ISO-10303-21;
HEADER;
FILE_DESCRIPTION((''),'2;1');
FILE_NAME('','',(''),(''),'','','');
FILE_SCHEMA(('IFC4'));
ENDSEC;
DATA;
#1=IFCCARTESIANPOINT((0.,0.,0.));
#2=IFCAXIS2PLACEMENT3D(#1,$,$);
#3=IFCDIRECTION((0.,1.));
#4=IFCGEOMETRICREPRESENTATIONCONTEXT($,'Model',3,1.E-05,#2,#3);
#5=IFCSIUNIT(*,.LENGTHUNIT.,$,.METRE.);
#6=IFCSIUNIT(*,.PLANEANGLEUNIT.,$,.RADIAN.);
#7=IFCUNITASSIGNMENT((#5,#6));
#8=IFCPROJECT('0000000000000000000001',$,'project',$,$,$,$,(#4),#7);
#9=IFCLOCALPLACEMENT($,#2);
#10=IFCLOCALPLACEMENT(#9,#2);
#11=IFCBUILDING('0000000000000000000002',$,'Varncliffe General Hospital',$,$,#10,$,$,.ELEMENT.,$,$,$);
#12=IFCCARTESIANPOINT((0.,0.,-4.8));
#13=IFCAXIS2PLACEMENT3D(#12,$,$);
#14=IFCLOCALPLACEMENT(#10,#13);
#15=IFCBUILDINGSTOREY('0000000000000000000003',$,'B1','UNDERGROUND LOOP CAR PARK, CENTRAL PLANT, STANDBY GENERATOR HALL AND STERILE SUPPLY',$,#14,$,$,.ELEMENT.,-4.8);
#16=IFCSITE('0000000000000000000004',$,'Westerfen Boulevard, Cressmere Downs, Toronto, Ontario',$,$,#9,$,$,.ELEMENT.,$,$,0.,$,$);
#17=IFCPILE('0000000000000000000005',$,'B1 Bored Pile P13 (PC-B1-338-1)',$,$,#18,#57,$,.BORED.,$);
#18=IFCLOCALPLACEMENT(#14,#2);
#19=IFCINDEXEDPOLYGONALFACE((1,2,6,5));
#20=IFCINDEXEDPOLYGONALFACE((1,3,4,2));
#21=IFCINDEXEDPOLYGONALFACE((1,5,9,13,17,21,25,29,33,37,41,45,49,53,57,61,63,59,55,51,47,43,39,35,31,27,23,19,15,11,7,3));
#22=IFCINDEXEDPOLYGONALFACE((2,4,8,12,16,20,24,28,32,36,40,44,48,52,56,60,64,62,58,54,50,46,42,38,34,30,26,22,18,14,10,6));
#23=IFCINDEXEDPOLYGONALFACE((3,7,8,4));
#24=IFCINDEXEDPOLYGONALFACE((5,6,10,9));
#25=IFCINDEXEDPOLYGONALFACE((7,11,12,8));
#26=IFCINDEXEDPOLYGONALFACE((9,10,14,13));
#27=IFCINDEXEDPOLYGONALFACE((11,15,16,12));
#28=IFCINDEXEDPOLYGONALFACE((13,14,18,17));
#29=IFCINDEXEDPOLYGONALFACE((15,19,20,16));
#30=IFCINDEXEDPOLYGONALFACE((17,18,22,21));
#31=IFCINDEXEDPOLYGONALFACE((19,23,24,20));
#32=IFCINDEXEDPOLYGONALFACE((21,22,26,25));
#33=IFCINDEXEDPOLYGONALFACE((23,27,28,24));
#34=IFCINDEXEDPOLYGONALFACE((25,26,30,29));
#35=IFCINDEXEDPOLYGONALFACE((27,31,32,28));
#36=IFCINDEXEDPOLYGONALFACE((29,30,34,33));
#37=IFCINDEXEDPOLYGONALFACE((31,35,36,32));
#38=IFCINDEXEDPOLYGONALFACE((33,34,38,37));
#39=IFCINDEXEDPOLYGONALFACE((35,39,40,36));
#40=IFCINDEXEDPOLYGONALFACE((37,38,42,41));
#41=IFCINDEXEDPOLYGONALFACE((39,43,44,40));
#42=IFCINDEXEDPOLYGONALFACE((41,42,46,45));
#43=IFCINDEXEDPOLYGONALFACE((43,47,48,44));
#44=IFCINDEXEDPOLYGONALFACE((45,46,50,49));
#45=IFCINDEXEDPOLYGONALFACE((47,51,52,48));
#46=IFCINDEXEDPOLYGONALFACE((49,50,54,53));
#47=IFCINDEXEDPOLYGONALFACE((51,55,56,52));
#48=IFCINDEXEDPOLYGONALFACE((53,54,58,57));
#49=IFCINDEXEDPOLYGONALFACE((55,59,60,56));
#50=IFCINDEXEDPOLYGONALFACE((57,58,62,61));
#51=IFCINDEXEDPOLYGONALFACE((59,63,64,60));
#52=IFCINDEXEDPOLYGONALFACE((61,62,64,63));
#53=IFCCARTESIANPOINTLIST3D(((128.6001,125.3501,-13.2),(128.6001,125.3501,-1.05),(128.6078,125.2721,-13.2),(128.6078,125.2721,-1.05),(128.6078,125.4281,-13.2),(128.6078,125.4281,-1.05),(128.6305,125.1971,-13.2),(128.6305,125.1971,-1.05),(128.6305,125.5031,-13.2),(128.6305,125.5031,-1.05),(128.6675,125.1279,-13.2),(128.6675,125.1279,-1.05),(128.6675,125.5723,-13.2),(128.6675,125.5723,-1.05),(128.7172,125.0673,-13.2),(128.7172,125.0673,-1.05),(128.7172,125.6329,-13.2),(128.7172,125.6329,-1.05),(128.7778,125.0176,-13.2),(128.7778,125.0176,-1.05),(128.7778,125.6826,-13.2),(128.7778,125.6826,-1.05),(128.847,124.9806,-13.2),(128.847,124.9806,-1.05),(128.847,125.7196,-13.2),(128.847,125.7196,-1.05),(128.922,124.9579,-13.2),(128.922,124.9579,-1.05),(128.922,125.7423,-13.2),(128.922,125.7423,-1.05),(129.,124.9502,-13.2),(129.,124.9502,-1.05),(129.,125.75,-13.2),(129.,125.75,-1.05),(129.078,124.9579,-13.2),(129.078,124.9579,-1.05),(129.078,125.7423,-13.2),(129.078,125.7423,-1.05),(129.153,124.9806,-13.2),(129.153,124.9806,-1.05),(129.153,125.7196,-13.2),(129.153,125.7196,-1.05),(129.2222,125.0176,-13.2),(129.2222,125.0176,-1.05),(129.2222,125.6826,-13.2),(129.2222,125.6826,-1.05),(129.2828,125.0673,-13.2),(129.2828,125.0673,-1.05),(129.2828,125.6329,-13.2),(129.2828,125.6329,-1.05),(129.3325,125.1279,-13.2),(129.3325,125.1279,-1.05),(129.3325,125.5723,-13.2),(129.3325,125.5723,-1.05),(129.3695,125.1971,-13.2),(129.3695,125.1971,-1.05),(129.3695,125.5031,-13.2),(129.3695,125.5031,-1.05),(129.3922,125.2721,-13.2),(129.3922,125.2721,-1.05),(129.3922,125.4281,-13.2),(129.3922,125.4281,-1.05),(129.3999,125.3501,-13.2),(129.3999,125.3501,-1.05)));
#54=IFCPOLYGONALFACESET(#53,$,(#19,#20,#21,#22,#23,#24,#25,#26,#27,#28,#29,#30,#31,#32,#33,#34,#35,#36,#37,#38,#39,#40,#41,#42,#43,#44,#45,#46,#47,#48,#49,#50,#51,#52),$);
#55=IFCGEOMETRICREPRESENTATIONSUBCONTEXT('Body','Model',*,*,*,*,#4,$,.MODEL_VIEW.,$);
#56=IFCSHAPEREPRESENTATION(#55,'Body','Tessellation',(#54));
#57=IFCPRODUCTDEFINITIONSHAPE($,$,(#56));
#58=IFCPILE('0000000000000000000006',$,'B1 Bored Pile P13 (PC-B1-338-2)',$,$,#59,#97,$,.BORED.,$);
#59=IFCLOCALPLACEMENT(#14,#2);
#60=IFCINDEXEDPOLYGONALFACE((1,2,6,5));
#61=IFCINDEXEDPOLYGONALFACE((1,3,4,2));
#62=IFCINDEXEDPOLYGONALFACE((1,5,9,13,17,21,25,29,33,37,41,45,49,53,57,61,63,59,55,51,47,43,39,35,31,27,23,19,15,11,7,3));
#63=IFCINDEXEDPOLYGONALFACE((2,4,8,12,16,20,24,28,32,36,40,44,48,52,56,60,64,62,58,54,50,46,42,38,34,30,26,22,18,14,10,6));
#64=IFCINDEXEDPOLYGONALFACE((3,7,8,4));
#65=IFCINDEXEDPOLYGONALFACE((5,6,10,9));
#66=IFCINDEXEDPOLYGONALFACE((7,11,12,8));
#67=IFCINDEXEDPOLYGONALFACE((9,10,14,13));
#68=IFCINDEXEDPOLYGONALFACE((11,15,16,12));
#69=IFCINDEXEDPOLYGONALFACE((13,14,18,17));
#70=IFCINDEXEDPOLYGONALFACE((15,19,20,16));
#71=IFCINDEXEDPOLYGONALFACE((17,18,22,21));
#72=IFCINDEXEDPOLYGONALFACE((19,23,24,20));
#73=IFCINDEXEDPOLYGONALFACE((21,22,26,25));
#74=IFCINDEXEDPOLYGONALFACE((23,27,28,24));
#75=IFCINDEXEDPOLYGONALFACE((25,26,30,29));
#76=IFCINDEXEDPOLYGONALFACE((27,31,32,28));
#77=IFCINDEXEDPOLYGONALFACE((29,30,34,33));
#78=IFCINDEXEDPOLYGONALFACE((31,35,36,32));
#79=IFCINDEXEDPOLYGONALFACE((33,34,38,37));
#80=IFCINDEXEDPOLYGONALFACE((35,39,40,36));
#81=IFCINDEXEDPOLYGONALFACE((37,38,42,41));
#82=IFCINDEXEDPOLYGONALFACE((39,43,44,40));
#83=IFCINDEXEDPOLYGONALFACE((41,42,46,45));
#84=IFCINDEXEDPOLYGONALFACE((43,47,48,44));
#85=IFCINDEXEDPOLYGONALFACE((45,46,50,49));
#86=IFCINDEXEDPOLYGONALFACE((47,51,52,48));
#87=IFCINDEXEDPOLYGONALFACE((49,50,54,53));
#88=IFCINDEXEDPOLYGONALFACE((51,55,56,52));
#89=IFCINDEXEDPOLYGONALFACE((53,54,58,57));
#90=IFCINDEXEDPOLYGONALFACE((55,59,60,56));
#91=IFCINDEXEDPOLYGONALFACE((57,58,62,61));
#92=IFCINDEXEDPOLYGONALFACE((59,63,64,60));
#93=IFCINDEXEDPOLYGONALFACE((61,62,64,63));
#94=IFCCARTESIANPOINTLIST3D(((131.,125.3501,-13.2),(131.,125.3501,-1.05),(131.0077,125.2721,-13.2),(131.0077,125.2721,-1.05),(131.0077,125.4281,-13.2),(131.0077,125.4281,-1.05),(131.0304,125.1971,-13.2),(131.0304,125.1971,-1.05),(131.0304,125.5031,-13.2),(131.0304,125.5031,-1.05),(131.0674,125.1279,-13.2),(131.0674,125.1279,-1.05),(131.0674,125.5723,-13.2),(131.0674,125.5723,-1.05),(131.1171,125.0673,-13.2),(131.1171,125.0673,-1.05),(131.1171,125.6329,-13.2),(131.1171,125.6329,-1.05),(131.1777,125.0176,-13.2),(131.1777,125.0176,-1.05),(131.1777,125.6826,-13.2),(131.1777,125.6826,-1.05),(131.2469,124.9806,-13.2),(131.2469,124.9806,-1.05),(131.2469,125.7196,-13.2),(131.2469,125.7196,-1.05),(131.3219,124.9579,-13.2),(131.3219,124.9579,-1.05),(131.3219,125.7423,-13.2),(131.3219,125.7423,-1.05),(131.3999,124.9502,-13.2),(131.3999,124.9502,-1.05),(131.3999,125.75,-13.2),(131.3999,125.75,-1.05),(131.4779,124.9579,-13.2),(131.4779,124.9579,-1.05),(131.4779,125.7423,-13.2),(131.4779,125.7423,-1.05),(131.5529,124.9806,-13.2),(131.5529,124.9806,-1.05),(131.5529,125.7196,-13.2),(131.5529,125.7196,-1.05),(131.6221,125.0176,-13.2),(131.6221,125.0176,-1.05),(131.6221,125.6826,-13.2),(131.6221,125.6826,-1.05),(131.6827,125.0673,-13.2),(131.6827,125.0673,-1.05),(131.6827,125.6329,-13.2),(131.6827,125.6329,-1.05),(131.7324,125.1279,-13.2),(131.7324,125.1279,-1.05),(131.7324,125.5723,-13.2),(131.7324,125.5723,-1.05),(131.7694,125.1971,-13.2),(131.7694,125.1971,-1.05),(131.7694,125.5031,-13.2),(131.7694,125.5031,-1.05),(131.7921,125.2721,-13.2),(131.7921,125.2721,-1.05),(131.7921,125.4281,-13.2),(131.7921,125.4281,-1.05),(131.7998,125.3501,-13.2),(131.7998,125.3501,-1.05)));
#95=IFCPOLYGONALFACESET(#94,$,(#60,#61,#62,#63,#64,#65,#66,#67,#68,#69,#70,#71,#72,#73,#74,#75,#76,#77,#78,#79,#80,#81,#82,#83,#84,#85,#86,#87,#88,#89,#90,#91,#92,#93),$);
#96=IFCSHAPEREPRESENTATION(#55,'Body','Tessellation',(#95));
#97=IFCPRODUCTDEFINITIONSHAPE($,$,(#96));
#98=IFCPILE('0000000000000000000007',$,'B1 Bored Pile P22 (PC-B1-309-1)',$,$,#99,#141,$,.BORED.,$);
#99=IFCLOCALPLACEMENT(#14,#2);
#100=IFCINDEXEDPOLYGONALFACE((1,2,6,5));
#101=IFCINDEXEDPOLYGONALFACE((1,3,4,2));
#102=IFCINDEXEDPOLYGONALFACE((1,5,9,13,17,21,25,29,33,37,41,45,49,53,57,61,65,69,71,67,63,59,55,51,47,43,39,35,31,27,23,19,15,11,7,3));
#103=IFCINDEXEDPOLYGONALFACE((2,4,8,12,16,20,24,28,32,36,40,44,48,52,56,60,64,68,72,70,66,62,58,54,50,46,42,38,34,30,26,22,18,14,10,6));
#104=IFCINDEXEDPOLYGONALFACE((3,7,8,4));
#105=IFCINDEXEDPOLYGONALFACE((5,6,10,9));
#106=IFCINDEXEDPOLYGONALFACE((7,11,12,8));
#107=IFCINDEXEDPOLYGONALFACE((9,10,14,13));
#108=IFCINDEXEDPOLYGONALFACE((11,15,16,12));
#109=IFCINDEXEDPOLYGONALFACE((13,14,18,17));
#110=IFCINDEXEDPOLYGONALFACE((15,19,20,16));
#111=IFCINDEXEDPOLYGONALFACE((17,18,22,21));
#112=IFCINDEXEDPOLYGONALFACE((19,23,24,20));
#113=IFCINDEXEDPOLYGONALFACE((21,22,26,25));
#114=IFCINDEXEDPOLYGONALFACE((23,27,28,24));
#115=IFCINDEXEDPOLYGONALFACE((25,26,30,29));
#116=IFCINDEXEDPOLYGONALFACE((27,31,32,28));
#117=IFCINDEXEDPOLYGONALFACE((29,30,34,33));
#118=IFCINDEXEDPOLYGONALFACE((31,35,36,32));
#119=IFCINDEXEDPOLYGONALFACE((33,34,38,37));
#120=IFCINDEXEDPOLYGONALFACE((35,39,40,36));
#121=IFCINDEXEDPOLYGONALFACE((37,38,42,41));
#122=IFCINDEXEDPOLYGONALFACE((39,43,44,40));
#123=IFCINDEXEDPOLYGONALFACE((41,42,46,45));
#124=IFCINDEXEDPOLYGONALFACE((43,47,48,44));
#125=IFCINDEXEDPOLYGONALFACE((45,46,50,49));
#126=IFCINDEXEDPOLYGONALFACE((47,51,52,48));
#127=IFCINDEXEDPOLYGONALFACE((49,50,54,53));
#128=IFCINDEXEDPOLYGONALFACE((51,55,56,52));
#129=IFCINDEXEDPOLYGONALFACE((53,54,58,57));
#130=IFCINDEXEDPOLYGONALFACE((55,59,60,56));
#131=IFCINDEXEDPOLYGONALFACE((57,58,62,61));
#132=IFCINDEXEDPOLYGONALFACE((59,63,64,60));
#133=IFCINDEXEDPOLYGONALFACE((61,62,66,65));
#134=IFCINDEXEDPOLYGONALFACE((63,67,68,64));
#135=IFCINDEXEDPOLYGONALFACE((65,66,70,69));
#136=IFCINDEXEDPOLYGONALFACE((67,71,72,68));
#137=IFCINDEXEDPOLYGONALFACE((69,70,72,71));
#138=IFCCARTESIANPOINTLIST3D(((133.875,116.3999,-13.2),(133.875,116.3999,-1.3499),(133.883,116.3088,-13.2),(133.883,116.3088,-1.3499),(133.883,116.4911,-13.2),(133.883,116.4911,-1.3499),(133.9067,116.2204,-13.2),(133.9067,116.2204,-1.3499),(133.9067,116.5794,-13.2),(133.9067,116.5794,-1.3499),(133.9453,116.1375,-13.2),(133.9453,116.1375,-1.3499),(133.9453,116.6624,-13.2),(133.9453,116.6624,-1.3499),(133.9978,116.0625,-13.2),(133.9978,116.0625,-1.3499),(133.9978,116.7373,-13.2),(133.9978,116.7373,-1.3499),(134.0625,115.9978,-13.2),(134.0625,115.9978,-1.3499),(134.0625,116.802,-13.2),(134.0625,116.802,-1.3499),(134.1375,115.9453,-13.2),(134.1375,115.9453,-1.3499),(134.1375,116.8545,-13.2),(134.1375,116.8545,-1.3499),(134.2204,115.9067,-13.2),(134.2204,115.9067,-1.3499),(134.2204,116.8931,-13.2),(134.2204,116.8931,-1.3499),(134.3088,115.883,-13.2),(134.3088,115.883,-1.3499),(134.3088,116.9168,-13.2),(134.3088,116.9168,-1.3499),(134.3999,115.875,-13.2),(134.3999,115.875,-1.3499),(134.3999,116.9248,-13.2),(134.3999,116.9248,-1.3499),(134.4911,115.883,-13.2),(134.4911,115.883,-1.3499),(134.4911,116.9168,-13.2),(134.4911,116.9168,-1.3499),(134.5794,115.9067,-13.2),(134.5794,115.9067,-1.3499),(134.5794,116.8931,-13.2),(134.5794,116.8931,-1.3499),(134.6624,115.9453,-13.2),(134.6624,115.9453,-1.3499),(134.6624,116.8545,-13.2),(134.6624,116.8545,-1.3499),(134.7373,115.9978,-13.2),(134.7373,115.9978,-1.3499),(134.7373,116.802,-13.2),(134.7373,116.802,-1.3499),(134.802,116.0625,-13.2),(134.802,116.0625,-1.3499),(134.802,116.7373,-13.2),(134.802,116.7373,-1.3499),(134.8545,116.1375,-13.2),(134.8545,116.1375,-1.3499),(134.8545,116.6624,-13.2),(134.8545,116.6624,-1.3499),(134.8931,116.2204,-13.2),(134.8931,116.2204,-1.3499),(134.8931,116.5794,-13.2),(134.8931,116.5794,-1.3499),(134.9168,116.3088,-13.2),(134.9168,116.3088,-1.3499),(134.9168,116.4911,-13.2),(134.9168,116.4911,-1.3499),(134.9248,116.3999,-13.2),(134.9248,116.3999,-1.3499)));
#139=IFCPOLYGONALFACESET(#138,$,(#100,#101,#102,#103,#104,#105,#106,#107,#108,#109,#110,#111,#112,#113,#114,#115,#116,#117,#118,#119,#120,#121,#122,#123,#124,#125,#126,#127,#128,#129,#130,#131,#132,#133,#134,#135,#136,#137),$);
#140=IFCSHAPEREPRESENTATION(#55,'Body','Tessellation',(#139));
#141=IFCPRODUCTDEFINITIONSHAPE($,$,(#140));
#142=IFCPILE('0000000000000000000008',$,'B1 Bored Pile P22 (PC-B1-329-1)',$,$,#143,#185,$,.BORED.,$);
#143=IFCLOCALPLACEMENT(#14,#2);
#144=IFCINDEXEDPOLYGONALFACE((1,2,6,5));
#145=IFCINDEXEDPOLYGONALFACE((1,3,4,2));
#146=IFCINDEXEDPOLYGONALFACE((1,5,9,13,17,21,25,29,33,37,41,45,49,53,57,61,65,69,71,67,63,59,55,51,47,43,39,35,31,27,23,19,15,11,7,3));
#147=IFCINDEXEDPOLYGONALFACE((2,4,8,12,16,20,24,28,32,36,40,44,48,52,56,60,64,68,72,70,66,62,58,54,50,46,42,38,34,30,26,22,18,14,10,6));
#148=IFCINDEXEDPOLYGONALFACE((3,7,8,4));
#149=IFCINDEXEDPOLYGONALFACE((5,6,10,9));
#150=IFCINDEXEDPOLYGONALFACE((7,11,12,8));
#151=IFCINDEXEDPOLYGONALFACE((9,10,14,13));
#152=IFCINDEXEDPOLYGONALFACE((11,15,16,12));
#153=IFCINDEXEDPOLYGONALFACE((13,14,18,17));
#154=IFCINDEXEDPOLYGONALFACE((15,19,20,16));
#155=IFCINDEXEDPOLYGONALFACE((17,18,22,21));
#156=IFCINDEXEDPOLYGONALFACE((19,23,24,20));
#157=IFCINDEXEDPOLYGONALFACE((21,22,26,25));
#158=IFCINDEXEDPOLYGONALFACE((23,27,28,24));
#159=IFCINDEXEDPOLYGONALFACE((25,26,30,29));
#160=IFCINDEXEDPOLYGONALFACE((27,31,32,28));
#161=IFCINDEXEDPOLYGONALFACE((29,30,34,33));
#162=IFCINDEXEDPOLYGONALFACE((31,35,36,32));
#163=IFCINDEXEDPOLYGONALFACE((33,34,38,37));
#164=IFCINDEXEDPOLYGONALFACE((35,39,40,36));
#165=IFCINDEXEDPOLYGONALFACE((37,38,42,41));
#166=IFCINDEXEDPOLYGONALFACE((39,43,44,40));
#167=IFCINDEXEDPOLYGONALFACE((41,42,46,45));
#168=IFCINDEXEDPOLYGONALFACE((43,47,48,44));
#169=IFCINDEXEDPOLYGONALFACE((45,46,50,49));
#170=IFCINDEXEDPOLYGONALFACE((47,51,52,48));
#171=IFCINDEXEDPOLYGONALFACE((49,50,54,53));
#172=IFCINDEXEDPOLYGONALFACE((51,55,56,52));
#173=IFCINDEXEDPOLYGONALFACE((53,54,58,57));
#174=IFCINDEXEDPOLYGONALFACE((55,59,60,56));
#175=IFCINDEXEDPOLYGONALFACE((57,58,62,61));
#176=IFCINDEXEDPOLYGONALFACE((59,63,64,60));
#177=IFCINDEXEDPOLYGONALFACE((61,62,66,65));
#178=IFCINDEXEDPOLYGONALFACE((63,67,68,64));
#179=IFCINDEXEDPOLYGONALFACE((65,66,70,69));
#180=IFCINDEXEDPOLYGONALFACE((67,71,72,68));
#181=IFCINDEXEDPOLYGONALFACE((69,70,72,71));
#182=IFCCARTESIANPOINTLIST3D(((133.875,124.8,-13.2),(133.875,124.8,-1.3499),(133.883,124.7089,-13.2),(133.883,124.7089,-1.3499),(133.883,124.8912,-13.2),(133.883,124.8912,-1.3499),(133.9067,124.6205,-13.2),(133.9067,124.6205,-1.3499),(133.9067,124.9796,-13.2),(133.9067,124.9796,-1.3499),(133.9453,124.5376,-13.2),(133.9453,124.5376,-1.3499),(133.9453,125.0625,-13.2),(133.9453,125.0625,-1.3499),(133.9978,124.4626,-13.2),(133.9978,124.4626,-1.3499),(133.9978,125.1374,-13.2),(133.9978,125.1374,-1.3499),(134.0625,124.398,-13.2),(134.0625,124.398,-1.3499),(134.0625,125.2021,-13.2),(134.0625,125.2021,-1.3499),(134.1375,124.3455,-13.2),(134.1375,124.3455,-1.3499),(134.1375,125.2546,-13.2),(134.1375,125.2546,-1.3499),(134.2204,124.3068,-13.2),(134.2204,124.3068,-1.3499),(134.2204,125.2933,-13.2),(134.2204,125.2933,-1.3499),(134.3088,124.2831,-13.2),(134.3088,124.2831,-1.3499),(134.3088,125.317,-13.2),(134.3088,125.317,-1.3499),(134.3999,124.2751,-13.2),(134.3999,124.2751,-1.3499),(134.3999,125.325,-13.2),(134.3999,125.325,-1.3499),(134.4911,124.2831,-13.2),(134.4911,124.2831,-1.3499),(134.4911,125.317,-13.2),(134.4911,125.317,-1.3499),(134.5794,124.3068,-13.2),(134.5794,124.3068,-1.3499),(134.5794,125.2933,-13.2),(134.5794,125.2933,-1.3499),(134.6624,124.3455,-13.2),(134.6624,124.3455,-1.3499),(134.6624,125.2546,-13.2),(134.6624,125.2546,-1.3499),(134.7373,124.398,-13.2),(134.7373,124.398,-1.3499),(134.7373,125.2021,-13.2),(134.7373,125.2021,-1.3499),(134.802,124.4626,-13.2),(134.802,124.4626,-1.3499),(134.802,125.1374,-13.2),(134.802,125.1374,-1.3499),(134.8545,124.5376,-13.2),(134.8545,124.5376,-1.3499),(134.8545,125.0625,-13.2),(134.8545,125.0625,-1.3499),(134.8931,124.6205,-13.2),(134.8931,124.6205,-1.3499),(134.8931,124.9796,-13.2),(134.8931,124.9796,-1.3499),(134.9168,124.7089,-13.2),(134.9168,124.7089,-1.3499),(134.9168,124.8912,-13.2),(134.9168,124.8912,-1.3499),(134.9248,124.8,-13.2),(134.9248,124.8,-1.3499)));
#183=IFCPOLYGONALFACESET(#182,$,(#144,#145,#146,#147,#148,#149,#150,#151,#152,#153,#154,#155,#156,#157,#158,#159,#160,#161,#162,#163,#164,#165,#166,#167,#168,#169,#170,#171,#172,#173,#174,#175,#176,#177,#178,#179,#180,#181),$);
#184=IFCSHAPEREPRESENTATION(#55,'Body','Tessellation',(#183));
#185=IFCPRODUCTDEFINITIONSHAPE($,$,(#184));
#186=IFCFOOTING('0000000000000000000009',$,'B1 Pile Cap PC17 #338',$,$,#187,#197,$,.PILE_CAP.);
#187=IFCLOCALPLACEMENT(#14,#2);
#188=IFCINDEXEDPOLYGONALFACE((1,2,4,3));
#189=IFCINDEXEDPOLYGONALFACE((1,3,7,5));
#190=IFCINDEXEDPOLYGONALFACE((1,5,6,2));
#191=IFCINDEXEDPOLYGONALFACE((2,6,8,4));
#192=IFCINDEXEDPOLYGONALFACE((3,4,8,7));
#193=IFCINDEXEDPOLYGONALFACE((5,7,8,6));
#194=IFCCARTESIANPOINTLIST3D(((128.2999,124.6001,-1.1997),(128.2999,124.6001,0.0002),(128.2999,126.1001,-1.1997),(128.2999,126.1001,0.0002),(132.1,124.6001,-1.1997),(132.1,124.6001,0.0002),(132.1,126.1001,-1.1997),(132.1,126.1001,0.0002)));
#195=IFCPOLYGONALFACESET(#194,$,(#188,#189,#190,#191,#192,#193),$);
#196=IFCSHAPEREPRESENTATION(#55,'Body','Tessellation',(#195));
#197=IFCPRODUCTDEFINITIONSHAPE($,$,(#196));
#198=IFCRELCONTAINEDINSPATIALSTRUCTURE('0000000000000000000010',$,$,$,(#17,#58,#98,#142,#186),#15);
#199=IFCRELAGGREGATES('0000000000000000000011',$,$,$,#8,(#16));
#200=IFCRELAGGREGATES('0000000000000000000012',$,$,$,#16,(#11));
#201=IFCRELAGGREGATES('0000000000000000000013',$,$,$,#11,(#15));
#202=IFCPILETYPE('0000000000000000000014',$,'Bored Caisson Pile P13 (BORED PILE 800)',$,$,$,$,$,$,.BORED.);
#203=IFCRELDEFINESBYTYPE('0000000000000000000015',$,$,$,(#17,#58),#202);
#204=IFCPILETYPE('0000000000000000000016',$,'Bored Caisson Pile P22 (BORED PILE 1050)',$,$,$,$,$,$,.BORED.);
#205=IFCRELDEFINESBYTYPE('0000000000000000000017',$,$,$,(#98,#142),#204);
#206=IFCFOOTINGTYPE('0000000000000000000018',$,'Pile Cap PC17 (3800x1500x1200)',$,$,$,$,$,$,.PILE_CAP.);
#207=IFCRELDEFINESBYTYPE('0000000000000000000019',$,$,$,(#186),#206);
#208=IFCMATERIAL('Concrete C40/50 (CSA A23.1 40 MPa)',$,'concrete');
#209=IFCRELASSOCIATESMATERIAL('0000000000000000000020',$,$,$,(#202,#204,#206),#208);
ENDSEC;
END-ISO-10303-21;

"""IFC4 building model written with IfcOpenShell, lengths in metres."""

from ifc_helpers import new_model, si_unit, direction, frame, origin, origin_2d, place, context, subcontext, project, spatial, rectangle, circle, extrude, material, material_profile, profile_set, type_object, element, save


model = new_model("IFC4")

# Units and contexts
model_context = context("Model", 3, precision=1e-05, world=origin(), true_north=direction((0.0, 1.0)))
body_context = subcontext(model_context, "Body", "Model", "MODEL_VIEW")
ifc_project = project(units=[si_unit("LENGTHUNIT", "METRE"), si_unit("PLANEANGLEUNIT", "RADIAN")], contexts=[model_context])

# Site, building, storey
site_placement = place(None, origin())
site = spatial("IfcSite", under=ifc_project, at=site_placement, Name="Westerfen Boulevard, Cressmere Downs, Toronto, Ontario", CompositionType="ELEMENT", RefElevation=0.0)
building_placement = place(site_placement, origin())
building = spatial("IfcBuilding", under=site, at=building_placement, Name="Varncliffe General Hospital", CompositionType="ELEMENT")
storey_placement = place(building_placement, frame((0.0, 0.0, -4.8)))
storey = spatial("IfcBuildingStorey", under=building, at=storey_placement, Name="B1", Description="UNDERGROUND LOOP CAR PARK, CENTRAL PLANT, STANDBY GENERATOR HALL AND STERILE SUPPLY", CompositionType="ELEMENT", Elevation=-4.8)

# Piles
ifc_material_1 = material(Name="Concrete C40/50 (CSA A23.1 40 MPa)", Category="concrete")
ifc_material_profile_1 = material_profile(ifc_material_1, circle(Radius=0.3999, at=origin_2d()), Name="BORED PILE 800")
ifc_profile_set_1 = profile_set([ifc_material_profile_1], Name="Concrete C40/50 (CSA A23.1 40 MPa)")
pile_type_1 = type_object("IfcPileType", Name="Bored Caisson Pile P13 (BORED PILE 800)", PredefinedType="BORED", material=ifc_profile_set_1)
for number, where, z_axis, x_axis, name in (
    (1, (129.0, 125.3501, -1.05), (0.0, 0.0, -1.0), (1.0, 0.0, 0.0), "B1 Bored Pile P13 (PC-B1-338-1)"),
    (2, (131.3999, 125.3501, -1.05), (0.0, 0.0, -1.0), (1.0, 0.0, 0.0), "B1 Bored Pile P13 (PC-B1-338-2)"),
):
    element("IfcPile", number, at=place(storey_placement, frame(where, z_axis=z_axis, x_axis=x_axis)), inside=storey, type_object=pile_type_1, Name=name, PredefinedType="BORED", context=body_context, shape_type="SweptSolid", body=[
        extrude(circle(Radius=0.3999, at=origin_2d()), origin(), (0.0, 0.0, 1.0), 12.1499),
    ])
ifc_material_profile_2 = material_profile(ifc_material_1, circle(Radius=0.5249, at=origin_2d()), Name="BORED PILE 1050")
ifc_profile_set_2 = profile_set([ifc_material_profile_2], Name="Concrete C40/50 (CSA A23.1 40 MPa)")
pile_type_2 = type_object("IfcPileType", Name="Bored Caisson Pile P22 (BORED PILE 1050)", PredefinedType="BORED", material=ifc_profile_set_2)
for number, where, z_axis, x_axis, name in (
    (3, (134.3999, 116.3999, -1.3499), (0.0, 0.0, -1.0), (1.0, 0.0, 0.0), "B1 Bored Pile P22 (PC-B1-309-1)"),
    (4, (134.3999, 124.8, -1.3499), (0.0, 0.0, -1.0), (1.0, 0.0, 0.0), "B1 Bored Pile P22 (PC-B1-329-1)"),
):
    element("IfcPile", number, at=place(storey_placement, frame(where, z_axis=z_axis, x_axis=x_axis)), inside=storey, type_object=pile_type_2, Name=name, PredefinedType="BORED", context=body_context, shape_type="SweptSolid", body=[
        extrude(circle(Radius=0.5249, at=origin_2d()), origin(), (0.0, 0.0, 1.0), 11.8501),
    ])

# Footing
footing_type_1 = type_object("IfcFootingType", Name="Pile Cap PC17 (3800x1500x1200)", PredefinedType="PILE_CAP", material=ifc_material_1)
footing_placement = place(storey_placement, frame((130.2, 125.3501, -1.1997), z_axis=(0.0, 0.0, 1.0), x_axis=(1.0, 0.0, 0.0)))
element("IfcFooting", 5, at=footing_placement, inside=storey, type_object=footing_type_1, Name="B1 Pile Cap PC17 #338", PredefinedType="PILE_CAP", context=body_context, shape_type="SweptSolid", body=[
    extrude(rectangle(XDim=3.8, YDim=1.5, at=origin_2d()), origin(), (0.0, 0.0, 1.0), 1.2),
])

save(model, "model.ifc")
